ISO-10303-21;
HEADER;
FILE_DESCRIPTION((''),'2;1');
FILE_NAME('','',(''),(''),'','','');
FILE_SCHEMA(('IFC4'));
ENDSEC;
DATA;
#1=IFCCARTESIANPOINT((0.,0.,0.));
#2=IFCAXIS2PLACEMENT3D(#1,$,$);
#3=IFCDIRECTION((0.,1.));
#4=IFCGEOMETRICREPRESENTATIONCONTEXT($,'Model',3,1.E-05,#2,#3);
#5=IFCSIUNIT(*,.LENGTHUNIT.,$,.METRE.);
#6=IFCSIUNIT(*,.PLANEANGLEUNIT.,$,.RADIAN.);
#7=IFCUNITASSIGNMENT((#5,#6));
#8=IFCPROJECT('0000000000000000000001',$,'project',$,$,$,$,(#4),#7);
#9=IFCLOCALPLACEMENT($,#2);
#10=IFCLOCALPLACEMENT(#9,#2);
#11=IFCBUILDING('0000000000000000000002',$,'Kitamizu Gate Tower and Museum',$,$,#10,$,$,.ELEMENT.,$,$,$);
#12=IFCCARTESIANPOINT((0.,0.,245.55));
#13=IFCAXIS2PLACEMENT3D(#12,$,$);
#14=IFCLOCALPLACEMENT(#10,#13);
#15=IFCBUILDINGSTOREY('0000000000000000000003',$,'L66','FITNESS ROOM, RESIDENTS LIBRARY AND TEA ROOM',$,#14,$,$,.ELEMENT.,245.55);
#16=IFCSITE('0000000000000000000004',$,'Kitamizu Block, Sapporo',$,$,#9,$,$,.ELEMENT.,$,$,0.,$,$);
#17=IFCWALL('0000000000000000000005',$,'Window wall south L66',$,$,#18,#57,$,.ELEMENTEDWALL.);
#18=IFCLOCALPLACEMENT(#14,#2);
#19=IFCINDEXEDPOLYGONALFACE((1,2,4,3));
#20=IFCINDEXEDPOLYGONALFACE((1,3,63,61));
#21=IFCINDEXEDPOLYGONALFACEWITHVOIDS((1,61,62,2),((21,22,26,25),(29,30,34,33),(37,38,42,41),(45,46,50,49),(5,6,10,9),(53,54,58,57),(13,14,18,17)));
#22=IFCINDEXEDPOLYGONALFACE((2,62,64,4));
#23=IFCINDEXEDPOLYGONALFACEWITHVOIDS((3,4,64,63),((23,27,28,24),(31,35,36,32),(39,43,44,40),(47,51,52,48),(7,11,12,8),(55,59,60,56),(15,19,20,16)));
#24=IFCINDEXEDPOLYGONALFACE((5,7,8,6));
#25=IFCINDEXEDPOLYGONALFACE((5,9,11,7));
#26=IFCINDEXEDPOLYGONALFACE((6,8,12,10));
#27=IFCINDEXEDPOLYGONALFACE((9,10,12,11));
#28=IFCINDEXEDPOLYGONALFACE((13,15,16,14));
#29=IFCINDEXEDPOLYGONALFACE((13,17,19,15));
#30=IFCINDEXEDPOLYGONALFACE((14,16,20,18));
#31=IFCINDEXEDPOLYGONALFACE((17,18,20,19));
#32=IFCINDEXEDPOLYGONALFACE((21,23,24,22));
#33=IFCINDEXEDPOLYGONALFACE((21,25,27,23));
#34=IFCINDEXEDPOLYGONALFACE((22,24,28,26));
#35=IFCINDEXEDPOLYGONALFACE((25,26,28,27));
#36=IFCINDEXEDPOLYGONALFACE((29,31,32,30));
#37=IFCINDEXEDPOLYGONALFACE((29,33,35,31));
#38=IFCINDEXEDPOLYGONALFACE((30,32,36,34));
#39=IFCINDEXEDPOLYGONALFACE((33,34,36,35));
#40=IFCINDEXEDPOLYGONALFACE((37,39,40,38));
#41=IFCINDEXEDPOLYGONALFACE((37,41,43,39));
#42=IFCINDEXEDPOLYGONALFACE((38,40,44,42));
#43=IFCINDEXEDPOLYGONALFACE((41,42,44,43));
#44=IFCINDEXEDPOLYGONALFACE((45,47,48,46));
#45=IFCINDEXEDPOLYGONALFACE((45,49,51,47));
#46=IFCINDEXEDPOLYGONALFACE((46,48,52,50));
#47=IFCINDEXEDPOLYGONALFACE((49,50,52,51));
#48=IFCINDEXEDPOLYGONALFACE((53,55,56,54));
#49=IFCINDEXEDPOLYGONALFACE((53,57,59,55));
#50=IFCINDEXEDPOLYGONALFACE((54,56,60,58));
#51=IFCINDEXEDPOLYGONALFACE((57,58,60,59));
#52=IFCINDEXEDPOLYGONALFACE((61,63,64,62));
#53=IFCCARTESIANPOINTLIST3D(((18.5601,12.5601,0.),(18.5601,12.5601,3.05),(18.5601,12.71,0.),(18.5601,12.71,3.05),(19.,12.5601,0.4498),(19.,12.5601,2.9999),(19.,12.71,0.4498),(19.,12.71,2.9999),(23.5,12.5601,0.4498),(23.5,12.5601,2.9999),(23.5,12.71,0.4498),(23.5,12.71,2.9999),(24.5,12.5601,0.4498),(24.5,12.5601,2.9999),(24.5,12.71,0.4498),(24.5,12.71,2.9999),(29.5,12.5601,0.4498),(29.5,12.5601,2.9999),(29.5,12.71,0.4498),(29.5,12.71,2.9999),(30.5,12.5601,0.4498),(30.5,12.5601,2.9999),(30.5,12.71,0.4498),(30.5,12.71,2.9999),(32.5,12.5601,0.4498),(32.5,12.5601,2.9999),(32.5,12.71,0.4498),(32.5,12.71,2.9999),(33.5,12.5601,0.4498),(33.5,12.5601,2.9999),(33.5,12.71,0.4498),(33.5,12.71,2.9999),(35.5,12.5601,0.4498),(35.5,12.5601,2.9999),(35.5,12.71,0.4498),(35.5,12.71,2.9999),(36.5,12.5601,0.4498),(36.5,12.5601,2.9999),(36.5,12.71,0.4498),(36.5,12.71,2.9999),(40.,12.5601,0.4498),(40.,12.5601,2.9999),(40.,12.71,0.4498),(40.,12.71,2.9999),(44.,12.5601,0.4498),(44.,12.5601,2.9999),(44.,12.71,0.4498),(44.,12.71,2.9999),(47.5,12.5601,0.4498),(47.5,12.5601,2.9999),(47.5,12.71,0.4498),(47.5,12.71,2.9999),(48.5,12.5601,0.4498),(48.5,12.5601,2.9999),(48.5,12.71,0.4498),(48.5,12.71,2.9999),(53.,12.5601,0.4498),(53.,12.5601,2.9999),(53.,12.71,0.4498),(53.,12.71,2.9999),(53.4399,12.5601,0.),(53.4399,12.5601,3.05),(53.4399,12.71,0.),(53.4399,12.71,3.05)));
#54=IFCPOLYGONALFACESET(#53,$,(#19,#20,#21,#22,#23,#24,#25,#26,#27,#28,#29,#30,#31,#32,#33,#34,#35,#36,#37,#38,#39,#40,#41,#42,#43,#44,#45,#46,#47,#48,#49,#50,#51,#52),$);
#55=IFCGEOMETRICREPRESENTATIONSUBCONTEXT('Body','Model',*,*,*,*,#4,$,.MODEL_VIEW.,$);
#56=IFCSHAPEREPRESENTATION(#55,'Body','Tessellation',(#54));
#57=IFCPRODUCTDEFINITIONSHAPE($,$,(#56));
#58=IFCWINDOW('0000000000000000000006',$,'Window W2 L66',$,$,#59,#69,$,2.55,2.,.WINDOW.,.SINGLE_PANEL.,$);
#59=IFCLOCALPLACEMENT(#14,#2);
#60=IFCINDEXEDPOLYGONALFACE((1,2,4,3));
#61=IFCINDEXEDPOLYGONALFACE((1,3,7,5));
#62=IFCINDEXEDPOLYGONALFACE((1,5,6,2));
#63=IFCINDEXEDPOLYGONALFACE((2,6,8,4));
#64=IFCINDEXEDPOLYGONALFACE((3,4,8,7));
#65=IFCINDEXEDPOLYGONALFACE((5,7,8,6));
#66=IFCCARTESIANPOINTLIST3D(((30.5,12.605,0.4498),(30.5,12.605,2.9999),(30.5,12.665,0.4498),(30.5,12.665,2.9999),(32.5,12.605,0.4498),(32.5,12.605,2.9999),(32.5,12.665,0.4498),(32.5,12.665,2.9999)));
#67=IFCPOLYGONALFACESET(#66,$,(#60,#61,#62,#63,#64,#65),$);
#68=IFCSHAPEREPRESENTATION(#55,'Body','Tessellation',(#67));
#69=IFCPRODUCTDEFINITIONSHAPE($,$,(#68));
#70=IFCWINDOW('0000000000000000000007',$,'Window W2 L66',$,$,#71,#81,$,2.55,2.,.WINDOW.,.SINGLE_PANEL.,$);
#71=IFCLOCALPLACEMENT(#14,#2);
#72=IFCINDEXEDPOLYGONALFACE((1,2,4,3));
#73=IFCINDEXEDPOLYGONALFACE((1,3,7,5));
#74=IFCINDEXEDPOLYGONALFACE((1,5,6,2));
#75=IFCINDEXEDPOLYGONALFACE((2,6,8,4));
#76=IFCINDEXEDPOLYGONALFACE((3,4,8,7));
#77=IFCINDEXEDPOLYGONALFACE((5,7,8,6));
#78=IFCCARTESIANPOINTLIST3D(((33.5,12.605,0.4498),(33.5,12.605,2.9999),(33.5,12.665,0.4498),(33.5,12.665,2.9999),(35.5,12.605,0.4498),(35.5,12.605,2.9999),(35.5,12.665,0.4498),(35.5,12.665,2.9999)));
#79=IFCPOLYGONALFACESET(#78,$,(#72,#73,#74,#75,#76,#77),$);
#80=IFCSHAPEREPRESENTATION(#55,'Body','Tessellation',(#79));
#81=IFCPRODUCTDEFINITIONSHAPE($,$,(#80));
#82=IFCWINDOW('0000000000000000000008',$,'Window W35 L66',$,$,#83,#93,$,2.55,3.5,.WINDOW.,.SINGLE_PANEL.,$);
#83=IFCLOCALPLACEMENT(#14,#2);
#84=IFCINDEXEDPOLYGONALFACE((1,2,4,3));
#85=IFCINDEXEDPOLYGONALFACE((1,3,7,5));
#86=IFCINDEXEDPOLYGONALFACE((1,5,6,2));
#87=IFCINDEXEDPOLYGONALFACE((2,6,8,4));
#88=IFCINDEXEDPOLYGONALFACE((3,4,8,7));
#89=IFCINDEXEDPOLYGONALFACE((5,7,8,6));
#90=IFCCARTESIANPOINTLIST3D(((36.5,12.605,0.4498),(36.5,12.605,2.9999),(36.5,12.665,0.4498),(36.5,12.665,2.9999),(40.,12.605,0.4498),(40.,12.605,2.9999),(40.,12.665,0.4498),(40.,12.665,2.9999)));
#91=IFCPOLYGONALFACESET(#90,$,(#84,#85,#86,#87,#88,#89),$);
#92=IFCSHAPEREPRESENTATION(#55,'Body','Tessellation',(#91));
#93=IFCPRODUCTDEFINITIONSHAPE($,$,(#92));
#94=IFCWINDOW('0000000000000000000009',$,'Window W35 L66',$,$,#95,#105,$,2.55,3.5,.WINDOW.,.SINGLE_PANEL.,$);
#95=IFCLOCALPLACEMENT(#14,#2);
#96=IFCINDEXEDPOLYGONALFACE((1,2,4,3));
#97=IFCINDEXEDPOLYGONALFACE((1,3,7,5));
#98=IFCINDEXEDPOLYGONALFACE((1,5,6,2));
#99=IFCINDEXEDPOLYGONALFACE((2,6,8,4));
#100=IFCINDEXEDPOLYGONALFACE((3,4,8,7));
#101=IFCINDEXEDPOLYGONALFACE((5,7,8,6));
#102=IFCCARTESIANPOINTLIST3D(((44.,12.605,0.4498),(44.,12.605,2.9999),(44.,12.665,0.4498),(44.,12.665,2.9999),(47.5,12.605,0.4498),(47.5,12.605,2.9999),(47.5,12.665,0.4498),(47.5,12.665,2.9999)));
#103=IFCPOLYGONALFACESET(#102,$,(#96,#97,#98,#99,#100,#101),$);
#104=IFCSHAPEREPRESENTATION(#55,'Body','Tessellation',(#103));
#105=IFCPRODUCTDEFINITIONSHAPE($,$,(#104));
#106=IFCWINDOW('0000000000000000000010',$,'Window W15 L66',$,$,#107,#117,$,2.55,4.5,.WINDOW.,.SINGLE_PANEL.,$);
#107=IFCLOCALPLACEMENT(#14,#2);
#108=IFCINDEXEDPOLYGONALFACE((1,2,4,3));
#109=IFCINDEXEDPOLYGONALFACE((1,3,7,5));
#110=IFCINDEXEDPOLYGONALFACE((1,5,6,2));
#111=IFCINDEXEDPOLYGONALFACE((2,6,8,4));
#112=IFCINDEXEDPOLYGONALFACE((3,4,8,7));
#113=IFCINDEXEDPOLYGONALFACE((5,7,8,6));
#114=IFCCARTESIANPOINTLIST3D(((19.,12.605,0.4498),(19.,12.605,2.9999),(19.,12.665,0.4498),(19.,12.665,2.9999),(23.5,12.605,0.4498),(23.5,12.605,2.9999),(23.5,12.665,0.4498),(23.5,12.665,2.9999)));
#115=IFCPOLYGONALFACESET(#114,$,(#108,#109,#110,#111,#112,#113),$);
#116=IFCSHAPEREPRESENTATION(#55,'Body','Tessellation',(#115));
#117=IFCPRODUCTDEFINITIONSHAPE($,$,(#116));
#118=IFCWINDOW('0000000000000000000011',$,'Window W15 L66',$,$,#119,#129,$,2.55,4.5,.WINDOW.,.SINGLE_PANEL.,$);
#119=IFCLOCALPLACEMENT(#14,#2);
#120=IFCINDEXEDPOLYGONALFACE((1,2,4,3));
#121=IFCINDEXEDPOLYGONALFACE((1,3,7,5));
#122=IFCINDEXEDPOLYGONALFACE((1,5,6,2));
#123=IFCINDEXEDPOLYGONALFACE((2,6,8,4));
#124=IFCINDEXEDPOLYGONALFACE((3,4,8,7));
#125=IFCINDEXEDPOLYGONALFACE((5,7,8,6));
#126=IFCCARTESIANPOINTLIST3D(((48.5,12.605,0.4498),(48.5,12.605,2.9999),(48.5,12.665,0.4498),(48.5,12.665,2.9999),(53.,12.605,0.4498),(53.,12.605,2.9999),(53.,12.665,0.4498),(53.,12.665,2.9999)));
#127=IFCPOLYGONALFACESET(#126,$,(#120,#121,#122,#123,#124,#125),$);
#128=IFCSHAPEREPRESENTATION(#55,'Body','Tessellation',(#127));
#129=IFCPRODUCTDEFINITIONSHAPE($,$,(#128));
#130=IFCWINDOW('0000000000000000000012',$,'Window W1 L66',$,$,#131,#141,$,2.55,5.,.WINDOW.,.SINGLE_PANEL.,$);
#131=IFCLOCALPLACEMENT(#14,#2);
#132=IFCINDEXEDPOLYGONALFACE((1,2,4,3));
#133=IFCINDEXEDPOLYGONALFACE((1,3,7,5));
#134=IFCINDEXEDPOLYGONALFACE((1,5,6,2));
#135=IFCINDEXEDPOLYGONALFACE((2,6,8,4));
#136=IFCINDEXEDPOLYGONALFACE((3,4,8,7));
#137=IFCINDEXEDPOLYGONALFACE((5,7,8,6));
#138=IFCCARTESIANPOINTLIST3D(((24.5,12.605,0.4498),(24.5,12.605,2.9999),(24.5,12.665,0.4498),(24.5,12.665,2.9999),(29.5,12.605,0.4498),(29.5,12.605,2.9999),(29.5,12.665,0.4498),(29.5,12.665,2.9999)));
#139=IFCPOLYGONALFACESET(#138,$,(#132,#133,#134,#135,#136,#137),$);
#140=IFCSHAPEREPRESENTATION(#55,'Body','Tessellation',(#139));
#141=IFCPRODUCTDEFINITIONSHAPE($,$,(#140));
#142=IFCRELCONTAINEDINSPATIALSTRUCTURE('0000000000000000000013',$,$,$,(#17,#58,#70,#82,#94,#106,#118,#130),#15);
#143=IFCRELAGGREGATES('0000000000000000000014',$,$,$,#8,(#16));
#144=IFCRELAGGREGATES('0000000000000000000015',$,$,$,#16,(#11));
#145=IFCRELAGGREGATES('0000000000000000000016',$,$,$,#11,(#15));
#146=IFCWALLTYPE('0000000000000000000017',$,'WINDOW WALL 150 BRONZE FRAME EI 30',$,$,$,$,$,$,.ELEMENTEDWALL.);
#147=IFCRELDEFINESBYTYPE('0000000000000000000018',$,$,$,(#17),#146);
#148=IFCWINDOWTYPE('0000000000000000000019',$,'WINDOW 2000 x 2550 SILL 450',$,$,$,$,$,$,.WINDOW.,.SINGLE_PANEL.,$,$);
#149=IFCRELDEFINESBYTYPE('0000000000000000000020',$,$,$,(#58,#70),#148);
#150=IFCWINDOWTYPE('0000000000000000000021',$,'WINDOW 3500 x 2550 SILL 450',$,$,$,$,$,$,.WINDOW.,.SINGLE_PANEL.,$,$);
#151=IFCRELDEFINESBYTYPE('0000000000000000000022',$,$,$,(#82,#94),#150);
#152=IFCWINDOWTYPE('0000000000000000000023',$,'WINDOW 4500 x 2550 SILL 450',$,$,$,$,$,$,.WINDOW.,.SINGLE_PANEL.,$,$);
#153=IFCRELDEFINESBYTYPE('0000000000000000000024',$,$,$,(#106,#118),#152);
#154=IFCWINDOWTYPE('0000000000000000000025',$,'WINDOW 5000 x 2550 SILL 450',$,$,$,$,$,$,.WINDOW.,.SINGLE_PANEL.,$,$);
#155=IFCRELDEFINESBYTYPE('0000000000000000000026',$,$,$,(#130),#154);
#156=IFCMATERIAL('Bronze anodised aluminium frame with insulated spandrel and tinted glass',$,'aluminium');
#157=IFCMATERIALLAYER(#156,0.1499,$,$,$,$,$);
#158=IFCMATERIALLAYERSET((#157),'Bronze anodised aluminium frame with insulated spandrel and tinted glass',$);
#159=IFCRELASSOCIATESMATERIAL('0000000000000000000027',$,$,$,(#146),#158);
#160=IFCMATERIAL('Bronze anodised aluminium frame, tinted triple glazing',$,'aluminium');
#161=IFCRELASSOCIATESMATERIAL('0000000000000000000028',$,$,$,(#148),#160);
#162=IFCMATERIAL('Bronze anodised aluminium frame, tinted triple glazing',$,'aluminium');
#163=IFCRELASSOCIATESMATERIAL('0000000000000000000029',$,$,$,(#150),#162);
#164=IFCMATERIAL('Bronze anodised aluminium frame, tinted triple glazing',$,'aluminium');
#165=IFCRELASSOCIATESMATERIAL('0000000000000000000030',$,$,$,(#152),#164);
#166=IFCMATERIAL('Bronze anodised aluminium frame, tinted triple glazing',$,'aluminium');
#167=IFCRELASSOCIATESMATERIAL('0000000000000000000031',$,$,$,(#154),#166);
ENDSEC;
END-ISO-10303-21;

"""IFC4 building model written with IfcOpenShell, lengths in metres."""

from ifc_helpers import new_model, si_unit, direction, frame, frame_2d, origin, place, context, subcontext, project, spatial, rectangle, extrude, material, layer, layer_set, type_object, element, fill, save


model = new_model("IFC4")

# Units and contexts
model_context = context("Model", 3, precision=1e-05, world=origin(), true_north=direction((0.0, 1.0)))
body_context = subcontext(model_context, "Body", "Model", "MODEL_VIEW")
ifc_project = project(units=[si_unit("LENGTHUNIT", "METRE"), si_unit("PLANEANGLEUNIT", "RADIAN")], contexts=[model_context])

# Site, building, storey
site_placement = place(None, origin())
site = spatial("IfcSite", under=ifc_project, at=site_placement, Name="Kitamizu Block, Sapporo", CompositionType="ELEMENT", RefElevation=0.0)
building_placement = place(site_placement, origin())
building = spatial("IfcBuilding", under=site, at=building_placement, Name="Kitamizu Gate Tower and Museum", CompositionType="ELEMENT")
storey_placement = place(building_placement, frame((0.0, 0.0, 245.55)))
storey = spatial("IfcBuildingStorey", under=building, at=storey_placement, Name="L66", Description="FITNESS ROOM, RESIDENTS LIBRARY AND TEA ROOM", CompositionType="ELEMENT", Elevation=245.55)

# Wall, openings, windows
ifc_material_1 = material(Name="Bronze anodised aluminium frame with insulated spandrel and tinted glass", Category="aluminium")
ifc_layer_1 = layer(ifc_material_1, 0.1499)
ifc_layer_set_1 = layer_set([ifc_layer_1], Name="Bronze anodised aluminium frame with insulated spandrel and tinted glass")
wall_type_1 = type_object("IfcWallType", Name="WINDOW WALL 150 BRONZE FRAME EI 30", PredefinedType="ELEMENTEDWALL", material=ifc_layer_set_1)
wall_1_placement = place(storey_placement, frame((18.5601, 12.635, 0.0), z_axis=(0.0, 0.0, 1.0), x_axis=(1.0, 0.0, 0.0)))
wall_1 = element("IfcWall", 1, at=wall_1_placement, inside=storey, type_object=wall_type_1, Name="Window wall south L66", PredefinedType="ELEMENTEDWALL", context=body_context, shape_type="SweptSolid", body=[
    extrude(rectangle(XDim=34.8799, YDim=0.1499, at=frame_2d((17.4399, 0.0))), origin(), (0.0, 0.0, 1.0), 3.05),
])
opening_1_placement = place(wall_1_placement, frame((0.4399, 0.0, 0.45)))
opening_1 = element("IfcOpeningElement", 2, at=opening_1_placement, cuts=wall_1, PredefinedType="OPENING", context=body_context, shape_type="SweptSolid", body=[
    extrude(rectangle(XDim=4.5, YDim=2.55, at=frame_2d((2.25, 1.2749))), frame((0.0, 0.085, 0.0), z_axis=(0.0, -1.0, 0.0), x_axis=(1.0, 0.0, 0.0)), (0.0, 0.0, 1.0), 0.1699),
])
opening_2_placement = place(wall_1_placement, frame((5.9399, 0.0, 0.45)))
opening_2 = element("IfcOpeningElement", 3, at=opening_2_placement, cuts=wall_1, PredefinedType="OPENING", context=body_context, shape_type="SweptSolid", body=[
    extrude(rectangle(XDim=5.0, YDim=2.55, at=frame_2d((2.5, 1.2749))), frame((0.0, 0.085, 0.0), z_axis=(0.0, -1.0, 0.0), x_axis=(1.0, 0.0, 0.0)), (0.0, 0.0, 1.0), 0.1699),
])
opening_3_placement = place(wall_1_placement, frame((11.9399, 0.0, 0.45)))
opening_3 = element("IfcOpeningElement", 4, at=opening_3_placement, cuts=wall_1, PredefinedType="OPENING", context=body_context, shape_type="SweptSolid", body=[
    extrude(rectangle(XDim=2.0, YDim=2.55, at=frame_2d((1.0, 1.2749))), frame((0.0, 0.085, 0.0), z_axis=(0.0, -1.0, 0.0), x_axis=(1.0, 0.0, 0.0)), (0.0, 0.0, 1.0), 0.1699),
])
opening_4_placement = place(wall_1_placement, frame((14.9399, 0.0, 0.45)))
opening_4 = element("IfcOpeningElement", 5, at=opening_4_placement, cuts=wall_1, PredefinedType="OPENING", context=body_context, shape_type="SweptSolid", body=[
    extrude(rectangle(XDim=2.0, YDim=2.55, at=frame_2d((1.0, 1.2749))), frame((0.0, 0.085, 0.0), z_axis=(0.0, -1.0, 0.0), x_axis=(1.0, 0.0, 0.0)), (0.0, 0.0, 1.0), 0.1699),
])
opening_5_placement = place(wall_1_placement, frame((17.9399, 0.0, 0.45)))
opening_5 = element("IfcOpeningElement", 6, at=opening_5_placement, cuts=wall_1, PredefinedType="OPENING", context=body_context, shape_type="SweptSolid", body=[
    extrude(rectangle(XDim=3.5, YDim=2.55, at=frame_2d((1.75, 1.2749))), frame((0.0, 0.085, 0.0), z_axis=(0.0, -1.0, 0.0), x_axis=(1.0, 0.0, 0.0)), (0.0, 0.0, 1.0), 0.1699),
])
opening_6_placement = place(wall_1_placement, frame((25.4399, 0.0, 0.45)))
opening_6 = element("IfcOpeningElement", 7, at=opening_6_placement, cuts=wall_1, PredefinedType="OPENING", context=body_context, shape_type="SweptSolid", body=[
    extrude(rectangle(XDim=3.5, YDim=2.55, at=frame_2d((1.75, 1.2749))), frame((0.0, 0.085, 0.0), z_axis=(0.0, -1.0, 0.0), x_axis=(1.0, 0.0, 0.0)), (0.0, 0.0, 1.0), 0.1699),
])
opening_7_placement = place(wall_1_placement, frame((29.9399, 0.0, 0.45)))
opening_7 = element("IfcOpeningElement", 8, at=opening_7_placement, cuts=wall_1, PredefinedType="OPENING", context=body_context, shape_type="SweptSolid", body=[
    extrude(rectangle(XDim=4.5, YDim=2.55, at=frame_2d((2.25, 1.2749))), frame((0.0, 0.085, 0.0), z_axis=(0.0, -1.0, 0.0), x_axis=(1.0, 0.0, 0.0)), (0.0, 0.0, 1.0), 0.1699),
])
ifc_material_2 = material(Name="Bronze anodised aluminium frame, tinted triple glazing", Category="aluminium")
window_type_1 = type_object("IfcWindowType", Name="WINDOW 2000 x 2550 SILL 450", PartitioningType="SINGLE_PANEL", PredefinedType="WINDOW", material=ifc_material_2)
window_1_placement = place(opening_3_placement, origin())
window_1 = element("IfcWindow", 9, at=window_1_placement, inside=storey, type_object=window_type_1, Name="Window W2 L66", OverallHeight=2.55, OverallWidth=2.0, PartitioningType="SINGLE_PANEL", PredefinedType="WINDOW", context=body_context, shape_type="SweptSolid", body=[
    extrude(rectangle(XDim=2.0, YDim=2.55, at=frame_2d((1.0, 1.2749))), frame((0.0, 0.03, 0.0), z_axis=(0.0, -1.0, 0.0), x_axis=(1.0, 0.0, 0.0)), (0.0, 0.0, 1.0), 0.0601),
])
fill(opening_3, window_1)
window_2_placement = place(opening_4_placement, origin())
window_2 = element("IfcWindow", 10, at=window_2_placement, inside=storey, type_object=window_type_1, Name="Window W2 L66", OverallHeight=2.55, OverallWidth=2.0, PartitioningType="SINGLE_PANEL", PredefinedType="WINDOW", context=body_context, shape_type="SweptSolid", body=[
    extrude(rectangle(XDim=2.0, YDim=2.55, at=frame_2d((1.0, 1.2749))), frame((0.0, 0.03, 0.0), z_axis=(0.0, -1.0, 0.0), x_axis=(1.0, 0.0, 0.0)), (0.0, 0.0, 1.0), 0.0601),
])
fill(opening_4, window_2)
ifc_material_3 = material(Name="Bronze anodised aluminium frame, tinted triple glazing", Category="aluminium")
window_type_2 = type_object("IfcWindowType", Name="WINDOW 3500 x 2550 SILL 450", PartitioningType="SINGLE_PANEL", PredefinedType="WINDOW", material=ifc_material_3)
window_3_placement = place(opening_5_placement, origin())
window_3 = element("IfcWindow", 11, at=window_3_placement, inside=storey, type_object=window_type_2, Name="Window W35 L66", OverallHeight=2.55, OverallWidth=3.5, PartitioningType="SINGLE_PANEL", PredefinedType="WINDOW", context=body_context, shape_type="SweptSolid", body=[
    extrude(rectangle(XDim=3.5, YDim=2.55, at=frame_2d((1.75, 1.2749))), frame((0.0, 0.03, 0.0), z_axis=(0.0, -1.0, 0.0), x_axis=(1.0, 0.0, 0.0)), (0.0, 0.0, 1.0), 0.0601),
])
fill(opening_5, window_3)
window_4_placement = place(opening_6_placement, origin())
window_4 = element("IfcWindow", 12, at=window_4_placement, inside=storey, type_object=window_type_2, Name="Window W35 L66", OverallHeight=2.55, OverallWidth=3.5, PartitioningType="SINGLE_PANEL", PredefinedType="WINDOW", context=body_context, shape_type="SweptSolid", body=[
    extrude(rectangle(XDim=3.5, YDim=2.55, at=frame_2d((1.75, 1.2749))), frame((0.0, 0.03, 0.0), z_axis=(0.0, -1.0, 0.0), x_axis=(1.0, 0.0, 0.0)), (0.0, 0.0, 1.0), 0.0601),
])
fill(opening_6, window_4)
ifc_material_4 = material(Name="Bronze anodised aluminium frame, tinted triple glazing", Category="aluminium")
window_type_3 = type_object("IfcWindowType", Name="WINDOW 4500 x 2550 SILL 450", PartitioningType="SINGLE_PANEL", PredefinedType="WINDOW", material=ifc_material_4)
window_5_placement = place(opening_1_placement, origin())
window_5 = element("IfcWindow", 13, at=window_5_placement, inside=storey, type_object=window_type_3, Name="Window W15 L66", OverallHeight=2.55, OverallWidth=4.5, PartitioningType="SINGLE_PANEL", PredefinedType="WINDOW", context=body_context, shape_type="SweptSolid", body=[
    extrude(rectangle(XDim=4.5, YDim=2.55, at=frame_2d((2.25, 1.2749))), frame((0.0, 0.03, 0.0), z_axis=(0.0, -1.0, 0.0), x_axis=(1.0, 0.0, 0.0)), (0.0, 0.0, 1.0), 0.0601),
])
fill(opening_1, window_5)
window_6_placement = place(opening_7_placement, origin())
window_6 = element("IfcWindow", 14, at=window_6_placement, inside=storey, type_object=window_type_3, Name="Window W15 L66", OverallHeight=2.55, OverallWidth=4.5, PartitioningType="SINGLE_PANEL", PredefinedType="WINDOW", context=body_context, shape_type="SweptSolid", body=[
    extrude(rectangle(XDim=4.5, YDim=2.55, at=frame_2d((2.25, 1.2749))), frame((0.0, 0.03, 0.0), z_axis=(0.0, -1.0, 0.0), x_axis=(1.0, 0.0, 0.0)), (0.0, 0.0, 1.0), 0.0601),
])
fill(opening_7, window_6)
ifc_material_5 = material(Name="Bronze anodised aluminium frame, tinted triple glazing", Category="aluminium")
window_type_4 = type_object("IfcWindowType", Name="WINDOW 5000 x 2550 SILL 450", PartitioningType="SINGLE_PANEL", PredefinedType="WINDOW", material=ifc_material_5)
window_7_placement = place(opening_2_placement, origin())
window_7 = element("IfcWindow", 15, at=window_7_placement, inside=storey, type_object=window_type_4, Name="Window W1 L66", OverallHeight=2.55, OverallWidth=5.0, PartitioningType="SINGLE_PANEL", PredefinedType="WINDOW", context=body_context, shape_type="SweptSolid", body=[
    extrude(rectangle(XDim=5.0, YDim=2.55, at=frame_2d((2.5, 1.2749))), frame((0.0, 0.03, 0.0), z_axis=(0.0, -1.0, 0.0), x_axis=(1.0, 0.0, 0.0)), (0.0, 0.0, 1.0), 0.0601),
])
fill(opening_2, window_7)

save(model, "model.ifc")
